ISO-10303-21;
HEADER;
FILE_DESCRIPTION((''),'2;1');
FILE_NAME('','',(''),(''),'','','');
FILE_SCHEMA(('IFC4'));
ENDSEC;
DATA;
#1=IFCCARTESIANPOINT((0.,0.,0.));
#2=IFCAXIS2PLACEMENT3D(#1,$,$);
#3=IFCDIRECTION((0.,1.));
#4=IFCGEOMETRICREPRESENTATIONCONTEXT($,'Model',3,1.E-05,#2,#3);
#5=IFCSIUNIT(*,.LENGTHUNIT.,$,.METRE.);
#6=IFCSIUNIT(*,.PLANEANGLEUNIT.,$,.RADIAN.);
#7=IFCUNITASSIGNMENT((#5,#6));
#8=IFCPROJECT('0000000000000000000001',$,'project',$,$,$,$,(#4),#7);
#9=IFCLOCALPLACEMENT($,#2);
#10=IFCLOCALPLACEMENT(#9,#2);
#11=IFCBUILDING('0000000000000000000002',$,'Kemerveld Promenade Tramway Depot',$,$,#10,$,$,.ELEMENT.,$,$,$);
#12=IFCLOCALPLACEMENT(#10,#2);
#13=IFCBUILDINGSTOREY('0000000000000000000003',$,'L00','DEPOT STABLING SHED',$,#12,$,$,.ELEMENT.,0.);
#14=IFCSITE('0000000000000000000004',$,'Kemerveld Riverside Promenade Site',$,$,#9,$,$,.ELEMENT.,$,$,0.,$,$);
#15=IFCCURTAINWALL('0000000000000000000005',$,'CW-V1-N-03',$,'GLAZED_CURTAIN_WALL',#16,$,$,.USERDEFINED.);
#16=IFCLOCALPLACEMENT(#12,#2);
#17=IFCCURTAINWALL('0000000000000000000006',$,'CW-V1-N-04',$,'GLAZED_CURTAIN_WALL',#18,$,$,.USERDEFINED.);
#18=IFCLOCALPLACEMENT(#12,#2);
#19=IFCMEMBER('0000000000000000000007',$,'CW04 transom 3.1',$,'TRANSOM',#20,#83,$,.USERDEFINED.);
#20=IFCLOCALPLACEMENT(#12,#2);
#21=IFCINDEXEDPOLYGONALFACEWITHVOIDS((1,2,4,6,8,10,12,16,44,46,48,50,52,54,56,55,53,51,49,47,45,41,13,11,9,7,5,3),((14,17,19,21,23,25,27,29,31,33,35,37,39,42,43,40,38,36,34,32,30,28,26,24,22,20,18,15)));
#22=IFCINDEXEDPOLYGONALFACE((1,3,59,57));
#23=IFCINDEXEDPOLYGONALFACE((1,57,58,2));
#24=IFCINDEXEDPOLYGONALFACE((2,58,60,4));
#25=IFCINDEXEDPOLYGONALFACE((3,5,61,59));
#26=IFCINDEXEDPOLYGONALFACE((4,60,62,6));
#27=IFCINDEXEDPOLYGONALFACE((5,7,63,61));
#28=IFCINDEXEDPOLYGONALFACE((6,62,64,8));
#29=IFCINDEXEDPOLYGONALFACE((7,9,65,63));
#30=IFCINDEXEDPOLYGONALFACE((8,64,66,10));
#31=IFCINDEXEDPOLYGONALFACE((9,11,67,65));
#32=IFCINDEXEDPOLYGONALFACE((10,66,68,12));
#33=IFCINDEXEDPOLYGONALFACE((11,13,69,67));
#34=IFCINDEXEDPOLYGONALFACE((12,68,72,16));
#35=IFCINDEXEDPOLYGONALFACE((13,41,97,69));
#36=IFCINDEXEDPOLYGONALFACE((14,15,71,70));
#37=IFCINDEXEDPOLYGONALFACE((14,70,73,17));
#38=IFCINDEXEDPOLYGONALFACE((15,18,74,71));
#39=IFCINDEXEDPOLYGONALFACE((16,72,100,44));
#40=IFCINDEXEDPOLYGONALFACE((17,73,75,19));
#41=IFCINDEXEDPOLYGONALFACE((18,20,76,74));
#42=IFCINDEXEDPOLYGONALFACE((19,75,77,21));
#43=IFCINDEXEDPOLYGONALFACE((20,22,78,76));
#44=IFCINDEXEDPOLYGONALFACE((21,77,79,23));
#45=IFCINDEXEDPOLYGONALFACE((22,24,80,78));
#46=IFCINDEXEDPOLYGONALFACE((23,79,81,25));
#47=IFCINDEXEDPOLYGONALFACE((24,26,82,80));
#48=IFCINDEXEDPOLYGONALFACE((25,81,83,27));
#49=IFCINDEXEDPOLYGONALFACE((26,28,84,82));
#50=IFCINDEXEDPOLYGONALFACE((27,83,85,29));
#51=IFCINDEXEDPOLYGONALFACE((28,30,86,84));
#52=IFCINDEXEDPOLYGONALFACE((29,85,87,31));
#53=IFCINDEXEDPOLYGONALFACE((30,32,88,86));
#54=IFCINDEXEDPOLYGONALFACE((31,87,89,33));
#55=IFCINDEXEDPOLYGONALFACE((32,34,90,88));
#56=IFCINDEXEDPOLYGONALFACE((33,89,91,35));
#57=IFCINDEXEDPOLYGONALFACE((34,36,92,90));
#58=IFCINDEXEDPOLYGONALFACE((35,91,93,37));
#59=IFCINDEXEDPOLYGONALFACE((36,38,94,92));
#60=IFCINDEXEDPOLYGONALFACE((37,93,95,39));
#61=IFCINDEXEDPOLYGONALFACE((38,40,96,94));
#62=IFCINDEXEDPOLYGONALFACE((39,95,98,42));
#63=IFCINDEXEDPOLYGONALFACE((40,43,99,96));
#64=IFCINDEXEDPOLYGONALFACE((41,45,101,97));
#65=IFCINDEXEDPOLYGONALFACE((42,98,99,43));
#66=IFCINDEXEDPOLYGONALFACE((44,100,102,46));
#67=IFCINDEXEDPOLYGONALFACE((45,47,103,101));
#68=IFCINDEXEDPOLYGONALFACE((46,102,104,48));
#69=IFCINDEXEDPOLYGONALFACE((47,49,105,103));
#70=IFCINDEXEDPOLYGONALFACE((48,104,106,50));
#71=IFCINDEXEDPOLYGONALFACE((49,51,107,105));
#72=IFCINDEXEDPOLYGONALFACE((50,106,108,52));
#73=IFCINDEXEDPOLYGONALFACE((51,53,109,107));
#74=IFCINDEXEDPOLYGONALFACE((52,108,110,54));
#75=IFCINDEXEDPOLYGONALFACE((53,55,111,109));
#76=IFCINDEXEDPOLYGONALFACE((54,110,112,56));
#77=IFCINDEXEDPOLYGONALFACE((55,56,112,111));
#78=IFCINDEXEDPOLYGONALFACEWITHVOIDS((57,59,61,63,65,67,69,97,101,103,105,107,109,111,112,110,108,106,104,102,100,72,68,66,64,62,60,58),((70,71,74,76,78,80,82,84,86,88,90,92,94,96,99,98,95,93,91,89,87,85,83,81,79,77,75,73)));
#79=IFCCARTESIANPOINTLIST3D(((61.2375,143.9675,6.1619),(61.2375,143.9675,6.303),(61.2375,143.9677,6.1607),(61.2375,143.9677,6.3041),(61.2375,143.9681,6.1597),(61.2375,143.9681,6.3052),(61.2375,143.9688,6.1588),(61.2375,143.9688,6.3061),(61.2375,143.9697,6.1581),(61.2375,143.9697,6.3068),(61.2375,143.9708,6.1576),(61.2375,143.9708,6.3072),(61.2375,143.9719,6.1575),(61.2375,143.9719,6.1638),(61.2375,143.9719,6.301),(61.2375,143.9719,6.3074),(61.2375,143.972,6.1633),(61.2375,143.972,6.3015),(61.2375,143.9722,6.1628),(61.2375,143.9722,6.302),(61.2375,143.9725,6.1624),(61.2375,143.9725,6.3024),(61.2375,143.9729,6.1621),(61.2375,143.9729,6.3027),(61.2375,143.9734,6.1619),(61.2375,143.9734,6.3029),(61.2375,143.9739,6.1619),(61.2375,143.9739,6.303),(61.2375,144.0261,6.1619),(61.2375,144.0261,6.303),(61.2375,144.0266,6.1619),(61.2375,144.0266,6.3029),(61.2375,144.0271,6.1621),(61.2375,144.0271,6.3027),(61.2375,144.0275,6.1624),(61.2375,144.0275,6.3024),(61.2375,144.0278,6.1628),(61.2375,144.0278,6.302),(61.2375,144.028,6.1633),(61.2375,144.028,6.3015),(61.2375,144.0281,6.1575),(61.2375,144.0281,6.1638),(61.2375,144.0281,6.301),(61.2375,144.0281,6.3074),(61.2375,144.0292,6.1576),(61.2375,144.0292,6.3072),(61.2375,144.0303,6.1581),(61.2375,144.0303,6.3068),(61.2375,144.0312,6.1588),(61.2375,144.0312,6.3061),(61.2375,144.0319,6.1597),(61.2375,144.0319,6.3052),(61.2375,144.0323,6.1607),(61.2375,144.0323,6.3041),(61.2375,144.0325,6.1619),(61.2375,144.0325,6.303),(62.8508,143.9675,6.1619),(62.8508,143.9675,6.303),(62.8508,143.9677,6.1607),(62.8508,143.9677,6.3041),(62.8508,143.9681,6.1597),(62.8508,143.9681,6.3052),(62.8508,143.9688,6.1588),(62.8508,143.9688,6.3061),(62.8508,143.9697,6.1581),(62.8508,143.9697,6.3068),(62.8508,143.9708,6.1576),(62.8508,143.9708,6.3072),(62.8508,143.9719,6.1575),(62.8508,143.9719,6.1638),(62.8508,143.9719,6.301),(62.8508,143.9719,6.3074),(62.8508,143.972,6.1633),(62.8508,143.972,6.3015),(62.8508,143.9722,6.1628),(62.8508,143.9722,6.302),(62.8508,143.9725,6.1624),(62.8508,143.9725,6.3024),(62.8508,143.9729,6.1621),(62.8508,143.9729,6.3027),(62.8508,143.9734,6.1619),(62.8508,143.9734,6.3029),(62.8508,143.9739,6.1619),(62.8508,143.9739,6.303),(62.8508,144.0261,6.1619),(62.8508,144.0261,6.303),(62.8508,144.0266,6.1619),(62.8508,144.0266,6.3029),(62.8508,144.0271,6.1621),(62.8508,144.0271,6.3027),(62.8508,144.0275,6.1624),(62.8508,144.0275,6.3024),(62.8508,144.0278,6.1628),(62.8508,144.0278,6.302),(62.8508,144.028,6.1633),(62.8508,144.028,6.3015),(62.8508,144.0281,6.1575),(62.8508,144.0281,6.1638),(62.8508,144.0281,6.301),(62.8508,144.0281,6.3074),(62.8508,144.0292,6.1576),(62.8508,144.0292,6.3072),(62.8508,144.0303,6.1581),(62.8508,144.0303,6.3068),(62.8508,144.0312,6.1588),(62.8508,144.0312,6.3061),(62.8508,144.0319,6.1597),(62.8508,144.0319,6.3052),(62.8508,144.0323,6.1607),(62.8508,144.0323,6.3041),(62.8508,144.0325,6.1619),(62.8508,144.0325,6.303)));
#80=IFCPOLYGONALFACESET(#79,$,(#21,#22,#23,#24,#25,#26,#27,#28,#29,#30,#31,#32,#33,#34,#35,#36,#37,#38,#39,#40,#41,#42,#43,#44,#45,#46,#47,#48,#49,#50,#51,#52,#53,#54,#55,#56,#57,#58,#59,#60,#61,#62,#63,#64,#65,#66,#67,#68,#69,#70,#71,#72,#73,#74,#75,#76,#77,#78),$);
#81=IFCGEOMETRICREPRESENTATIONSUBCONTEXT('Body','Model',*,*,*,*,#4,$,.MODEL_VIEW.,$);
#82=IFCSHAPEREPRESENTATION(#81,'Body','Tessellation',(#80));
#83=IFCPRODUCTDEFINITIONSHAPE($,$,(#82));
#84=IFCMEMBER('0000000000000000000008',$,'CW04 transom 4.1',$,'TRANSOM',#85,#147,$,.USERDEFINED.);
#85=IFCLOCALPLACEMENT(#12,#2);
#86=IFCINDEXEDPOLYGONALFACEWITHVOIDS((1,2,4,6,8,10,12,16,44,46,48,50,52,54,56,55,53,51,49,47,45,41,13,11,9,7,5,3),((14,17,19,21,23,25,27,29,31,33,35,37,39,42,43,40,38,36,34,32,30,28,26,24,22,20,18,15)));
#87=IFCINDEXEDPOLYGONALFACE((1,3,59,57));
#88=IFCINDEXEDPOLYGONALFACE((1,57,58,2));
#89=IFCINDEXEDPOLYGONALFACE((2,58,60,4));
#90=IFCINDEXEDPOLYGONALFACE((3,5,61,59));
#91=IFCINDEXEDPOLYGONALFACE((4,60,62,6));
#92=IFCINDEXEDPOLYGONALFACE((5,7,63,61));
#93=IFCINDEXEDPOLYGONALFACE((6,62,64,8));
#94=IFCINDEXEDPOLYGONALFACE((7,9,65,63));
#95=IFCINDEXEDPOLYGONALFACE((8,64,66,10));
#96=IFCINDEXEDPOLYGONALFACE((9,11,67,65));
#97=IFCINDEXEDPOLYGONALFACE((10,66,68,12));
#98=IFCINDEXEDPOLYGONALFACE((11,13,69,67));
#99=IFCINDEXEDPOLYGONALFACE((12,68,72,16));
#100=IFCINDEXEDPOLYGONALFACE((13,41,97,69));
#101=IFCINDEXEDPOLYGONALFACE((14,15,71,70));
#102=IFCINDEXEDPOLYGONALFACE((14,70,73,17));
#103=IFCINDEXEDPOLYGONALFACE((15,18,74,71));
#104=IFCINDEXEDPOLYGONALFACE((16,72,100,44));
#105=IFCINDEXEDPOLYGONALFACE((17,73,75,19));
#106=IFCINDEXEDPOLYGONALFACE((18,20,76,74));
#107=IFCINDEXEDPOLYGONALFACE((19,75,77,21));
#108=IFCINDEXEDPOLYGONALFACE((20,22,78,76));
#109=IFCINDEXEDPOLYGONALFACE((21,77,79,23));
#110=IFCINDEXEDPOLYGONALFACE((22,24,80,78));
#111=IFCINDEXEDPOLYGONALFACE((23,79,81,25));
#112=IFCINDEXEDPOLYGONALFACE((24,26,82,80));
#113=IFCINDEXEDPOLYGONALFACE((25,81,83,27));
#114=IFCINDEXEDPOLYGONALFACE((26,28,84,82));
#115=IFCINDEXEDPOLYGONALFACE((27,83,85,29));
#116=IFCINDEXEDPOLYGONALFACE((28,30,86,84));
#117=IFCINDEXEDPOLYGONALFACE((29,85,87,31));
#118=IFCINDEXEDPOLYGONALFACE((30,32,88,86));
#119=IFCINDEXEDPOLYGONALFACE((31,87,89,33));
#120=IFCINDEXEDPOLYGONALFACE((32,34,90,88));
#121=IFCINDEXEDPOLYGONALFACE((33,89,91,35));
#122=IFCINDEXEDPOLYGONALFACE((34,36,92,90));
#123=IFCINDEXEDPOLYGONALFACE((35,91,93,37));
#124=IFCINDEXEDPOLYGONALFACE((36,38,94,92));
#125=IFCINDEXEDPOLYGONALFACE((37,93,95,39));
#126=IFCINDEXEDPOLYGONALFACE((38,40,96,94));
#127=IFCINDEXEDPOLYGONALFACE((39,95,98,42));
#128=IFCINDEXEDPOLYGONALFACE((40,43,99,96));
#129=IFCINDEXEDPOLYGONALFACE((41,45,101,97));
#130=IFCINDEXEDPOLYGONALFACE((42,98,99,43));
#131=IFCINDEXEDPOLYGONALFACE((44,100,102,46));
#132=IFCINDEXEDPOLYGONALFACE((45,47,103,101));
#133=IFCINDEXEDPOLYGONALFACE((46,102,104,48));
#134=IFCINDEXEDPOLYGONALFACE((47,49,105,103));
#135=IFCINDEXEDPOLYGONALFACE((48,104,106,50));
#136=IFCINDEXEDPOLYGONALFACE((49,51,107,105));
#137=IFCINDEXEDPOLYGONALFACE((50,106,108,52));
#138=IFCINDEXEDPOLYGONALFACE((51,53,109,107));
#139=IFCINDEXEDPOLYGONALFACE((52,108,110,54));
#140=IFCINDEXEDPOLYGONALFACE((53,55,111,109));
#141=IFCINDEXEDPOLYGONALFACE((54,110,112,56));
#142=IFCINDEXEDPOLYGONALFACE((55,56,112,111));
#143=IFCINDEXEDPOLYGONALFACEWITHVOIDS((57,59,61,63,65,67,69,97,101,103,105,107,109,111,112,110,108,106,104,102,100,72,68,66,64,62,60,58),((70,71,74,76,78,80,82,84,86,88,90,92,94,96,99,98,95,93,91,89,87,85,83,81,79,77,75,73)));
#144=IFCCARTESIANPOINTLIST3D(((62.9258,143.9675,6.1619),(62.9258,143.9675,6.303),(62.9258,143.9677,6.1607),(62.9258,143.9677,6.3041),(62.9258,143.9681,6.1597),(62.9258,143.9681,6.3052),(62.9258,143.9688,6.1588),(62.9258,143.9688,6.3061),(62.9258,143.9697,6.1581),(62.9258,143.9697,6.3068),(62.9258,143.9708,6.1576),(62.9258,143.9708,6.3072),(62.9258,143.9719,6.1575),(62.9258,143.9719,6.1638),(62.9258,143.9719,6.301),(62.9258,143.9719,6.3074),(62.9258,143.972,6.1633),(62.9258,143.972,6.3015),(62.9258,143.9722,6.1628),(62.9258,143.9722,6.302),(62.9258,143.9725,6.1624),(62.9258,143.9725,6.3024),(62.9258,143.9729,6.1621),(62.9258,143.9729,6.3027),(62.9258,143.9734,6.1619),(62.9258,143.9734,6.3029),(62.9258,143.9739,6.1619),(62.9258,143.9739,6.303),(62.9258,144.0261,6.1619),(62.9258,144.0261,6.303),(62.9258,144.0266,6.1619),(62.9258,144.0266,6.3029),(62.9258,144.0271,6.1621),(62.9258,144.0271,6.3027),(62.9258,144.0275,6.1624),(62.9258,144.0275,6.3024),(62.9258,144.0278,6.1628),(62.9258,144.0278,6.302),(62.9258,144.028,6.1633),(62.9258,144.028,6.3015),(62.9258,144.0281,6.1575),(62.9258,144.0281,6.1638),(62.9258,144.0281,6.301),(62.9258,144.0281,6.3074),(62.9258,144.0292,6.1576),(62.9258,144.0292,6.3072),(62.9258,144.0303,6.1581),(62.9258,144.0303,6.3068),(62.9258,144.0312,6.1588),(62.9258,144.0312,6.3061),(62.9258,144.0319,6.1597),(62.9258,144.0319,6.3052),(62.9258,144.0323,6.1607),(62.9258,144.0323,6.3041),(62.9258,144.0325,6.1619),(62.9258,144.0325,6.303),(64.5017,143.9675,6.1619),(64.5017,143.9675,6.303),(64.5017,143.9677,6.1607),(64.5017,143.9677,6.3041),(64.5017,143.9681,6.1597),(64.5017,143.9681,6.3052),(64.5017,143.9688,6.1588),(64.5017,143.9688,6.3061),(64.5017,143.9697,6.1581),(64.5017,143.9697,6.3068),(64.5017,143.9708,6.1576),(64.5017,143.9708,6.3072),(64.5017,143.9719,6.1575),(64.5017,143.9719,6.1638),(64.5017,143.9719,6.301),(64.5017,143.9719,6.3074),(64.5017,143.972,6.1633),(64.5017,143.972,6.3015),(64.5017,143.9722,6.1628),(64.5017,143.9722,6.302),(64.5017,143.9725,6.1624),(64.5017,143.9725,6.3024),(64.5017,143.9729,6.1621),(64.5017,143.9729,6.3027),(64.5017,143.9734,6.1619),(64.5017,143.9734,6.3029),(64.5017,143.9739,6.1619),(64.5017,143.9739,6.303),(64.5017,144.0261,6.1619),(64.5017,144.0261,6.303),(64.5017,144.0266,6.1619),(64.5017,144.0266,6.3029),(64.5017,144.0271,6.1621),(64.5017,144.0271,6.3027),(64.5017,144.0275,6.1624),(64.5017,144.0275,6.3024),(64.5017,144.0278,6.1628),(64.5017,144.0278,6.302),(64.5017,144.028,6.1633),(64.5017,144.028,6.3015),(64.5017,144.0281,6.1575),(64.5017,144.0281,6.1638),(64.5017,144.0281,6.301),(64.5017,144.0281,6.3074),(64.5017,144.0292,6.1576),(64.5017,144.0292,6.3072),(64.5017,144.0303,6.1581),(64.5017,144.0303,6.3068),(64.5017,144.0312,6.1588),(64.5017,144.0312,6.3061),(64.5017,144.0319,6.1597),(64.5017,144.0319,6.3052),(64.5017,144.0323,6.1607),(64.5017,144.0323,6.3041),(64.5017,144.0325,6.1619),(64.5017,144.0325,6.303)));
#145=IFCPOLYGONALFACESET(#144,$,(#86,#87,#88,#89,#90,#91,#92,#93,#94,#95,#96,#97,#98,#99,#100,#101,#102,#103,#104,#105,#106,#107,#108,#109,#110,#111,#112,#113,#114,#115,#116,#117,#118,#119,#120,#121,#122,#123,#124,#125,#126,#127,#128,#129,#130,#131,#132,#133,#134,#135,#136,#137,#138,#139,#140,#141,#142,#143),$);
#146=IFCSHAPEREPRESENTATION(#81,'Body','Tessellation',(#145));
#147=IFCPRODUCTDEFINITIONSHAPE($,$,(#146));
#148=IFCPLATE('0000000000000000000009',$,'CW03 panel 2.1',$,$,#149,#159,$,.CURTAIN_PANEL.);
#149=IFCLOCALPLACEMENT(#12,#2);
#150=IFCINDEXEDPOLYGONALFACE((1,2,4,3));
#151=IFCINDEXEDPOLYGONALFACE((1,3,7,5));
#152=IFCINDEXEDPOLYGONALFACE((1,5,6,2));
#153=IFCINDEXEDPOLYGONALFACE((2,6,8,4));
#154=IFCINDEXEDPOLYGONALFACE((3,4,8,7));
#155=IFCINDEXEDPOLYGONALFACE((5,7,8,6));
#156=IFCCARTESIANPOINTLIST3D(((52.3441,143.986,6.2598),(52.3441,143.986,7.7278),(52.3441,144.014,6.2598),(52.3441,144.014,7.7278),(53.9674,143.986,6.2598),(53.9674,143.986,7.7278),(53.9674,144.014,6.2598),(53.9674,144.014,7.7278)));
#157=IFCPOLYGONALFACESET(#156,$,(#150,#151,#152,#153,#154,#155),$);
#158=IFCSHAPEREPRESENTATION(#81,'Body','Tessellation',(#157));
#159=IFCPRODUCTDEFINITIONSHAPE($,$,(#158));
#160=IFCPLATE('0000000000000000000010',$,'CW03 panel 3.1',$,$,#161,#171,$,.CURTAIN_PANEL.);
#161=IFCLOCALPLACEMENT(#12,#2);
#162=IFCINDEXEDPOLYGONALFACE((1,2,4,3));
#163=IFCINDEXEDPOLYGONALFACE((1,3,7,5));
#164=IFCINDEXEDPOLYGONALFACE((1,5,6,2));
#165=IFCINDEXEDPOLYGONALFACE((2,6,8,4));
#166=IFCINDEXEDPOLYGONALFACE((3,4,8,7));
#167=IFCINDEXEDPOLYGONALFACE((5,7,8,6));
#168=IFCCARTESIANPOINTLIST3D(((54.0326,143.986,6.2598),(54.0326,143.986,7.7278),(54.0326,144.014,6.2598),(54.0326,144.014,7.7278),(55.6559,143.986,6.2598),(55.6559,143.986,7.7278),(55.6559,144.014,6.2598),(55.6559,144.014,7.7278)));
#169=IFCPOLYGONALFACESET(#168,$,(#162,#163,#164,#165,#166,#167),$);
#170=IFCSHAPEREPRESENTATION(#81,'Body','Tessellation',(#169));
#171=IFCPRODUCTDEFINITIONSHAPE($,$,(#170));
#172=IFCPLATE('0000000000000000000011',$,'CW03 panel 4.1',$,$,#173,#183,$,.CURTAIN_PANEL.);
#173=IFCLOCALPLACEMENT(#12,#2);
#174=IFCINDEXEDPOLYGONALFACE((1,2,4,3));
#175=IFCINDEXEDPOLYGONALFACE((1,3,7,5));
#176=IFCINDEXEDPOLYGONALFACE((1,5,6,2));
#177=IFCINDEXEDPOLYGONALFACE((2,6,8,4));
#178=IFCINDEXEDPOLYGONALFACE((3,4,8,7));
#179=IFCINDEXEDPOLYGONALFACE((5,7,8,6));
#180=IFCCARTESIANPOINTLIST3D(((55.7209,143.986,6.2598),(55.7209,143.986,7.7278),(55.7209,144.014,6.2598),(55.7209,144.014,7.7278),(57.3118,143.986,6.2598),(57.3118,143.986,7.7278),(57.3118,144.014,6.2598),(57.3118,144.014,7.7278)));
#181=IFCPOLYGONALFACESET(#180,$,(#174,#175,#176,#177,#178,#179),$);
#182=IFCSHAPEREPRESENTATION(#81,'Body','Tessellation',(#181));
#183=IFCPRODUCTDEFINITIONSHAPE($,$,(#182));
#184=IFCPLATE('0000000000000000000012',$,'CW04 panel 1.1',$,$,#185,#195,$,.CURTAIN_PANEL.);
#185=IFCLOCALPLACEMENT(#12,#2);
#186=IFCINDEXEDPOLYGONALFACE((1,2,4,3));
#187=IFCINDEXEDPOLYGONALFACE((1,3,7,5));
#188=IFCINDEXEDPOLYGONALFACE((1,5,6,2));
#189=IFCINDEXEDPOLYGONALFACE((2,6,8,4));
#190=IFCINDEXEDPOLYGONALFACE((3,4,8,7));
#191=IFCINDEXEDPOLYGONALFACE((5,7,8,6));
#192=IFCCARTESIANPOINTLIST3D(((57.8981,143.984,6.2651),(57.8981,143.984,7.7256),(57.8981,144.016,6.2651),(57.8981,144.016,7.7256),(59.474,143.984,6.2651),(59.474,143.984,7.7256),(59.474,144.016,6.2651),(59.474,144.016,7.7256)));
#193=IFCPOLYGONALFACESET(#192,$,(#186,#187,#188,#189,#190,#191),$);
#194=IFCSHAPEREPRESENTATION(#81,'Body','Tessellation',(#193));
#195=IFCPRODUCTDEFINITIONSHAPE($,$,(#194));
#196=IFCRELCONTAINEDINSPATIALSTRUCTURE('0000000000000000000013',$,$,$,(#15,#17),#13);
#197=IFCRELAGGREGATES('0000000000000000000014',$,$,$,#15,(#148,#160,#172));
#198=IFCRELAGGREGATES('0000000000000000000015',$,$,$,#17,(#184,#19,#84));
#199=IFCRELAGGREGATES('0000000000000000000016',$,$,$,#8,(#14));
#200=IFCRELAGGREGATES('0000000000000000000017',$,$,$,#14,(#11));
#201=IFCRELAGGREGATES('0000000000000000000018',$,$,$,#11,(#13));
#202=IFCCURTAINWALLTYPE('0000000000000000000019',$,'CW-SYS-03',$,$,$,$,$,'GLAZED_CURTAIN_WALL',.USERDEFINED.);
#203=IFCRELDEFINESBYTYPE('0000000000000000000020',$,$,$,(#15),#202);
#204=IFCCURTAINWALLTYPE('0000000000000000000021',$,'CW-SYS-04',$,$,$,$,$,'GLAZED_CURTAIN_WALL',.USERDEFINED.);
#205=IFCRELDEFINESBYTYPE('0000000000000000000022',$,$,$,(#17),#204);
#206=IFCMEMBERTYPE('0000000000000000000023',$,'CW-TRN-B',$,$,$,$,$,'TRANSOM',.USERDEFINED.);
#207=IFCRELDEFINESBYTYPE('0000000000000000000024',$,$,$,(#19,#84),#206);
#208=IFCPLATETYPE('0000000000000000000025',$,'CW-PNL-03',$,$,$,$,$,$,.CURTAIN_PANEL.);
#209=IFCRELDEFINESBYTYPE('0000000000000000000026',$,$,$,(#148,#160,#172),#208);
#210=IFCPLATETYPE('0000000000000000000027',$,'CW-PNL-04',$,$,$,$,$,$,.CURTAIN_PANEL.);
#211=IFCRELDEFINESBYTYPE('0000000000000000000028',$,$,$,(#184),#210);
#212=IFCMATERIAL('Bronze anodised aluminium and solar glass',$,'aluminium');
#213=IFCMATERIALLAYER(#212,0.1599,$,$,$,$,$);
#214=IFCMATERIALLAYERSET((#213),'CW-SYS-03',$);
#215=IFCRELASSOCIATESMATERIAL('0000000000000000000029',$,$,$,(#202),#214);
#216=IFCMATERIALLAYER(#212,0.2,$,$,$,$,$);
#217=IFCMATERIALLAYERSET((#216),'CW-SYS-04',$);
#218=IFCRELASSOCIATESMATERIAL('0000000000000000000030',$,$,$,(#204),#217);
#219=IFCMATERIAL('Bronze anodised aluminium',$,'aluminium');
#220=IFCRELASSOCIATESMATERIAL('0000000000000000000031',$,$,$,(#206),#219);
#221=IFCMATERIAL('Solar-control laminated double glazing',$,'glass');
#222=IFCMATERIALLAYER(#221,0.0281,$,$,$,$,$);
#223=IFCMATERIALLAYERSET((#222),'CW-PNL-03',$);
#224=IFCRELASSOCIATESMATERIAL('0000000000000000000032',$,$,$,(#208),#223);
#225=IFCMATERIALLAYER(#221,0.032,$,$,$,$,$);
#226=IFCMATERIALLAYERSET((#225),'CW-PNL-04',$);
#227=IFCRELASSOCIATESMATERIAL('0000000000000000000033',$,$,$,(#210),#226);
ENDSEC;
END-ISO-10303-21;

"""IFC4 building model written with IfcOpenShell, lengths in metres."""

from ifc_helpers import new_model, si_unit, direction, frame, origin, origin_2d, place, context, subcontext, project, spatial, rectangle, hollow_rectangle, extrude, material, layer, layer_set, material_profile, profile_set, type_object, element, aggregate, save


model = new_model("IFC4")

# Units and contexts
model_context = context("Model", 3, precision=1e-05, world=origin(), true_north=direction((0.0, 1.0)))
body_context = subcontext(model_context, "Body", "Model", "MODEL_VIEW")
ifc_project = project(units=[si_unit("LENGTHUNIT", "METRE"), si_unit("PLANEANGLEUNIT", "RADIAN")], contexts=[model_context])

# Site, building, storey
site_placement = place(None, origin())
site = spatial("IfcSite", under=ifc_project, at=site_placement, Name="Kemerveld Riverside Promenade Site", CompositionType="ELEMENT", RefElevation=0.0)
building_placement = place(site_placement, origin())
building = spatial("IfcBuilding", under=site, at=building_placement, Name="Kemerveld Promenade Tramway Depot", CompositionType="ELEMENT")
storey_placement = place(building_placement, origin())
storey = spatial("IfcBuildingStorey", under=building, at=storey_placement, Name="L00", Description="DEPOT STABLING SHED", CompositionType="ELEMENT", Elevation=0.0)

# Curtain walls
ifc_material_1 = material(Name="Bronze anodised aluminium and solar glass", Category="aluminium")
ifc_layer_1 = layer(ifc_material_1, 0.1599)
ifc_layer_set_1 = layer_set([ifc_layer_1], Name="CW-SYS-03")
curtain_wall_type_1 = type_object("IfcCurtainWallType", Name="CW-SYS-03", ElementType="GLAZED_CURTAIN_WALL", PredefinedType="USERDEFINED", material=ifc_layer_set_1)
curtain_wall_1_placement = place(storey_placement, origin())
curtain_wall_1 = element("IfcCurtainWall", 1, at=curtain_wall_1_placement, inside=storey, type_object=curtain_wall_type_1, Name="CW-V1-N-03", ObjectType="GLAZED_CURTAIN_WALL", PredefinedType="USERDEFINED")
ifc_material_2 = material(Name="Bronze anodised aluminium", Category="aluminium")
ifc_layer_2 = layer(ifc_material_1, 0.2)
ifc_layer_set_2 = layer_set([ifc_layer_2], Name="CW-SYS-04")
curtain_wall_type_2 = type_object("IfcCurtainWallType", Name="CW-SYS-04", ElementType="GLAZED_CURTAIN_WALL", PredefinedType="USERDEFINED", material=ifc_layer_set_2)
curtain_wall_2_placement = place(storey_placement, origin())
curtain_wall_2 = element("IfcCurtainWall", 2, at=curtain_wall_2_placement, inside=storey, type_object=curtain_wall_type_2, Name="CW-V1-N-04", ObjectType="GLAZED_CURTAIN_WALL", PredefinedType="USERDEFINED")

# Members
ifc_material_profile_1 = material_profile(ifc_material_2, hollow_rectangle(XDim=0.0649, YDim=0.1499, WallThickness=0.0044, InnerFilletRadius=0.002, OuterFilletRadius=0.0044, at=origin_2d()), Name="CW-TRN-150x65")
ifc_profile_set_1 = profile_set([ifc_material_profile_1], Name="Bronze anodised aluminium")
member_type_1 = type_object("IfcMemberType", Name="CW-TRN-B", ElementType="TRANSOM", PredefinedType="USERDEFINED", material=ifc_profile_set_1)
member_1_placement = place(storey_placement, frame((61.2375, 144.0, 6.2324), z_axis=(1.0, 0.0, 0.0), x_axis=(0.0, 1.0, 0.0)))
member_1 = element("IfcMember", 3, at=member_1_placement, type_object=member_type_1, Name="CW04 transom 3.1", ObjectType="TRANSOM", PredefinedType="USERDEFINED", context=body_context, shape_type="SweptSolid", body=[
    extrude(hollow_rectangle(XDim=0.0649, YDim=0.1499, WallThickness=0.0044, InnerFilletRadius=0.002, OuterFilletRadius=0.0044, at=origin_2d()), origin(), (0.0, 0.0, 1.0), 1.6133),
])
member_2_placement = place(storey_placement, frame((62.9258, 144.0, 6.2324), z_axis=(1.0, 0.0, 0.0), x_axis=(0.0, 1.0, 0.0)))
member_2 = element("IfcMember", 4, at=member_2_placement, type_object=member_type_1, Name="CW04 transom 4.1", ObjectType="TRANSOM", PredefinedType="USERDEFINED", context=body_context, shape_type="SweptSolid", body=[
    extrude(hollow_rectangle(XDim=0.0649, YDim=0.1499, WallThickness=0.0044, InnerFilletRadius=0.002, OuterFilletRadius=0.0044, at=origin_2d()), origin(), (0.0, 0.0, 1.0), 1.5759),
])

# Plates
ifc_material_3 = material(Name="Solar-control laminated double glazing", Category="glass")
ifc_layer_3 = layer(ifc_material_3, 0.0281)
ifc_layer_set_3 = layer_set([ifc_layer_3], Name="CW-PNL-03")
plate_type_1 = type_object("IfcPlateType", Name="CW-PNL-03", PredefinedType="CURTAIN_PANEL", material=ifc_layer_set_3)
plate_1_placement = place(storey_placement, frame((53.1558, 144.0, 6.2598), z_axis=(0.0, 0.0, 1.0), x_axis=(1.0, 0.0, 0.0)))
plate_1 = element("IfcPlate", 5, at=plate_1_placement, type_object=plate_type_1, Name="CW03 panel 2.1", PredefinedType="CURTAIN_PANEL", context=body_context, shape_type="SweptSolid", body=[
    extrude(rectangle(XDim=1.6233, YDim=0.0281, at=origin_2d()), origin(), (0.0, 0.0, 1.0), 1.468),
])
plate_2_placement = place(storey_placement, frame((54.8442, 144.0, 6.2598), z_axis=(0.0, 0.0, 1.0), x_axis=(1.0, 0.0, 0.0)))
plate_2 = element("IfcPlate", 6, at=plate_2_placement, type_object=plate_type_1, Name="CW03 panel 3.1", PredefinedType="CURTAIN_PANEL", context=body_context, shape_type="SweptSolid", body=[
    extrude(rectangle(XDim=1.6233, YDim=0.0281, at=origin_2d()), origin(), (0.0, 0.0, 1.0), 1.468),
])
plate_3_placement = place(storey_placement, frame((56.5164, 144.0, 6.2598), z_axis=(0.0, 0.0, 1.0), x_axis=(1.0, 0.0, 0.0)))
plate_3 = element("IfcPlate", 7, at=plate_3_placement, type_object=plate_type_1, Name="CW03 panel 4.1", PredefinedType="CURTAIN_PANEL", context=body_context, shape_type="SweptSolid", body=[
    extrude(rectangle(XDim=1.5908, YDim=0.0281, at=origin_2d()), origin(), (0.0, 0.0, 1.0), 1.468),
])
aggregate(curtain_wall_1, [plate_1, plate_2, plate_3])
ifc_layer_4 = layer(ifc_material_3, 0.032)
ifc_layer_set_4 = layer_set([ifc_layer_4], Name="CW-PNL-04")
plate_type_2 = type_object("IfcPlateType", Name="CW-PNL-04", PredefinedType="CURTAIN_PANEL", material=ifc_layer_set_4)
plate_4_placement = place(storey_placement, frame((58.686, 144.0, 6.2651), z_axis=(0.0, 0.0, 1.0), x_axis=(1.0, 0.0, 0.0)))
plate_4 = element("IfcPlate", 8, at=plate_4_placement, type_object=plate_type_2, Name="CW04 panel 1.1", PredefinedType="CURTAIN_PANEL", context=body_context, shape_type="SweptSolid", body=[
    extrude(rectangle(XDim=1.5759, YDim=0.032, at=origin_2d()), origin(), (0.0, 0.0, 1.0), 1.4604),
])
aggregate(curtain_wall_2, [plate_4, member_1, member_2])

save(model, "model.ifc")
